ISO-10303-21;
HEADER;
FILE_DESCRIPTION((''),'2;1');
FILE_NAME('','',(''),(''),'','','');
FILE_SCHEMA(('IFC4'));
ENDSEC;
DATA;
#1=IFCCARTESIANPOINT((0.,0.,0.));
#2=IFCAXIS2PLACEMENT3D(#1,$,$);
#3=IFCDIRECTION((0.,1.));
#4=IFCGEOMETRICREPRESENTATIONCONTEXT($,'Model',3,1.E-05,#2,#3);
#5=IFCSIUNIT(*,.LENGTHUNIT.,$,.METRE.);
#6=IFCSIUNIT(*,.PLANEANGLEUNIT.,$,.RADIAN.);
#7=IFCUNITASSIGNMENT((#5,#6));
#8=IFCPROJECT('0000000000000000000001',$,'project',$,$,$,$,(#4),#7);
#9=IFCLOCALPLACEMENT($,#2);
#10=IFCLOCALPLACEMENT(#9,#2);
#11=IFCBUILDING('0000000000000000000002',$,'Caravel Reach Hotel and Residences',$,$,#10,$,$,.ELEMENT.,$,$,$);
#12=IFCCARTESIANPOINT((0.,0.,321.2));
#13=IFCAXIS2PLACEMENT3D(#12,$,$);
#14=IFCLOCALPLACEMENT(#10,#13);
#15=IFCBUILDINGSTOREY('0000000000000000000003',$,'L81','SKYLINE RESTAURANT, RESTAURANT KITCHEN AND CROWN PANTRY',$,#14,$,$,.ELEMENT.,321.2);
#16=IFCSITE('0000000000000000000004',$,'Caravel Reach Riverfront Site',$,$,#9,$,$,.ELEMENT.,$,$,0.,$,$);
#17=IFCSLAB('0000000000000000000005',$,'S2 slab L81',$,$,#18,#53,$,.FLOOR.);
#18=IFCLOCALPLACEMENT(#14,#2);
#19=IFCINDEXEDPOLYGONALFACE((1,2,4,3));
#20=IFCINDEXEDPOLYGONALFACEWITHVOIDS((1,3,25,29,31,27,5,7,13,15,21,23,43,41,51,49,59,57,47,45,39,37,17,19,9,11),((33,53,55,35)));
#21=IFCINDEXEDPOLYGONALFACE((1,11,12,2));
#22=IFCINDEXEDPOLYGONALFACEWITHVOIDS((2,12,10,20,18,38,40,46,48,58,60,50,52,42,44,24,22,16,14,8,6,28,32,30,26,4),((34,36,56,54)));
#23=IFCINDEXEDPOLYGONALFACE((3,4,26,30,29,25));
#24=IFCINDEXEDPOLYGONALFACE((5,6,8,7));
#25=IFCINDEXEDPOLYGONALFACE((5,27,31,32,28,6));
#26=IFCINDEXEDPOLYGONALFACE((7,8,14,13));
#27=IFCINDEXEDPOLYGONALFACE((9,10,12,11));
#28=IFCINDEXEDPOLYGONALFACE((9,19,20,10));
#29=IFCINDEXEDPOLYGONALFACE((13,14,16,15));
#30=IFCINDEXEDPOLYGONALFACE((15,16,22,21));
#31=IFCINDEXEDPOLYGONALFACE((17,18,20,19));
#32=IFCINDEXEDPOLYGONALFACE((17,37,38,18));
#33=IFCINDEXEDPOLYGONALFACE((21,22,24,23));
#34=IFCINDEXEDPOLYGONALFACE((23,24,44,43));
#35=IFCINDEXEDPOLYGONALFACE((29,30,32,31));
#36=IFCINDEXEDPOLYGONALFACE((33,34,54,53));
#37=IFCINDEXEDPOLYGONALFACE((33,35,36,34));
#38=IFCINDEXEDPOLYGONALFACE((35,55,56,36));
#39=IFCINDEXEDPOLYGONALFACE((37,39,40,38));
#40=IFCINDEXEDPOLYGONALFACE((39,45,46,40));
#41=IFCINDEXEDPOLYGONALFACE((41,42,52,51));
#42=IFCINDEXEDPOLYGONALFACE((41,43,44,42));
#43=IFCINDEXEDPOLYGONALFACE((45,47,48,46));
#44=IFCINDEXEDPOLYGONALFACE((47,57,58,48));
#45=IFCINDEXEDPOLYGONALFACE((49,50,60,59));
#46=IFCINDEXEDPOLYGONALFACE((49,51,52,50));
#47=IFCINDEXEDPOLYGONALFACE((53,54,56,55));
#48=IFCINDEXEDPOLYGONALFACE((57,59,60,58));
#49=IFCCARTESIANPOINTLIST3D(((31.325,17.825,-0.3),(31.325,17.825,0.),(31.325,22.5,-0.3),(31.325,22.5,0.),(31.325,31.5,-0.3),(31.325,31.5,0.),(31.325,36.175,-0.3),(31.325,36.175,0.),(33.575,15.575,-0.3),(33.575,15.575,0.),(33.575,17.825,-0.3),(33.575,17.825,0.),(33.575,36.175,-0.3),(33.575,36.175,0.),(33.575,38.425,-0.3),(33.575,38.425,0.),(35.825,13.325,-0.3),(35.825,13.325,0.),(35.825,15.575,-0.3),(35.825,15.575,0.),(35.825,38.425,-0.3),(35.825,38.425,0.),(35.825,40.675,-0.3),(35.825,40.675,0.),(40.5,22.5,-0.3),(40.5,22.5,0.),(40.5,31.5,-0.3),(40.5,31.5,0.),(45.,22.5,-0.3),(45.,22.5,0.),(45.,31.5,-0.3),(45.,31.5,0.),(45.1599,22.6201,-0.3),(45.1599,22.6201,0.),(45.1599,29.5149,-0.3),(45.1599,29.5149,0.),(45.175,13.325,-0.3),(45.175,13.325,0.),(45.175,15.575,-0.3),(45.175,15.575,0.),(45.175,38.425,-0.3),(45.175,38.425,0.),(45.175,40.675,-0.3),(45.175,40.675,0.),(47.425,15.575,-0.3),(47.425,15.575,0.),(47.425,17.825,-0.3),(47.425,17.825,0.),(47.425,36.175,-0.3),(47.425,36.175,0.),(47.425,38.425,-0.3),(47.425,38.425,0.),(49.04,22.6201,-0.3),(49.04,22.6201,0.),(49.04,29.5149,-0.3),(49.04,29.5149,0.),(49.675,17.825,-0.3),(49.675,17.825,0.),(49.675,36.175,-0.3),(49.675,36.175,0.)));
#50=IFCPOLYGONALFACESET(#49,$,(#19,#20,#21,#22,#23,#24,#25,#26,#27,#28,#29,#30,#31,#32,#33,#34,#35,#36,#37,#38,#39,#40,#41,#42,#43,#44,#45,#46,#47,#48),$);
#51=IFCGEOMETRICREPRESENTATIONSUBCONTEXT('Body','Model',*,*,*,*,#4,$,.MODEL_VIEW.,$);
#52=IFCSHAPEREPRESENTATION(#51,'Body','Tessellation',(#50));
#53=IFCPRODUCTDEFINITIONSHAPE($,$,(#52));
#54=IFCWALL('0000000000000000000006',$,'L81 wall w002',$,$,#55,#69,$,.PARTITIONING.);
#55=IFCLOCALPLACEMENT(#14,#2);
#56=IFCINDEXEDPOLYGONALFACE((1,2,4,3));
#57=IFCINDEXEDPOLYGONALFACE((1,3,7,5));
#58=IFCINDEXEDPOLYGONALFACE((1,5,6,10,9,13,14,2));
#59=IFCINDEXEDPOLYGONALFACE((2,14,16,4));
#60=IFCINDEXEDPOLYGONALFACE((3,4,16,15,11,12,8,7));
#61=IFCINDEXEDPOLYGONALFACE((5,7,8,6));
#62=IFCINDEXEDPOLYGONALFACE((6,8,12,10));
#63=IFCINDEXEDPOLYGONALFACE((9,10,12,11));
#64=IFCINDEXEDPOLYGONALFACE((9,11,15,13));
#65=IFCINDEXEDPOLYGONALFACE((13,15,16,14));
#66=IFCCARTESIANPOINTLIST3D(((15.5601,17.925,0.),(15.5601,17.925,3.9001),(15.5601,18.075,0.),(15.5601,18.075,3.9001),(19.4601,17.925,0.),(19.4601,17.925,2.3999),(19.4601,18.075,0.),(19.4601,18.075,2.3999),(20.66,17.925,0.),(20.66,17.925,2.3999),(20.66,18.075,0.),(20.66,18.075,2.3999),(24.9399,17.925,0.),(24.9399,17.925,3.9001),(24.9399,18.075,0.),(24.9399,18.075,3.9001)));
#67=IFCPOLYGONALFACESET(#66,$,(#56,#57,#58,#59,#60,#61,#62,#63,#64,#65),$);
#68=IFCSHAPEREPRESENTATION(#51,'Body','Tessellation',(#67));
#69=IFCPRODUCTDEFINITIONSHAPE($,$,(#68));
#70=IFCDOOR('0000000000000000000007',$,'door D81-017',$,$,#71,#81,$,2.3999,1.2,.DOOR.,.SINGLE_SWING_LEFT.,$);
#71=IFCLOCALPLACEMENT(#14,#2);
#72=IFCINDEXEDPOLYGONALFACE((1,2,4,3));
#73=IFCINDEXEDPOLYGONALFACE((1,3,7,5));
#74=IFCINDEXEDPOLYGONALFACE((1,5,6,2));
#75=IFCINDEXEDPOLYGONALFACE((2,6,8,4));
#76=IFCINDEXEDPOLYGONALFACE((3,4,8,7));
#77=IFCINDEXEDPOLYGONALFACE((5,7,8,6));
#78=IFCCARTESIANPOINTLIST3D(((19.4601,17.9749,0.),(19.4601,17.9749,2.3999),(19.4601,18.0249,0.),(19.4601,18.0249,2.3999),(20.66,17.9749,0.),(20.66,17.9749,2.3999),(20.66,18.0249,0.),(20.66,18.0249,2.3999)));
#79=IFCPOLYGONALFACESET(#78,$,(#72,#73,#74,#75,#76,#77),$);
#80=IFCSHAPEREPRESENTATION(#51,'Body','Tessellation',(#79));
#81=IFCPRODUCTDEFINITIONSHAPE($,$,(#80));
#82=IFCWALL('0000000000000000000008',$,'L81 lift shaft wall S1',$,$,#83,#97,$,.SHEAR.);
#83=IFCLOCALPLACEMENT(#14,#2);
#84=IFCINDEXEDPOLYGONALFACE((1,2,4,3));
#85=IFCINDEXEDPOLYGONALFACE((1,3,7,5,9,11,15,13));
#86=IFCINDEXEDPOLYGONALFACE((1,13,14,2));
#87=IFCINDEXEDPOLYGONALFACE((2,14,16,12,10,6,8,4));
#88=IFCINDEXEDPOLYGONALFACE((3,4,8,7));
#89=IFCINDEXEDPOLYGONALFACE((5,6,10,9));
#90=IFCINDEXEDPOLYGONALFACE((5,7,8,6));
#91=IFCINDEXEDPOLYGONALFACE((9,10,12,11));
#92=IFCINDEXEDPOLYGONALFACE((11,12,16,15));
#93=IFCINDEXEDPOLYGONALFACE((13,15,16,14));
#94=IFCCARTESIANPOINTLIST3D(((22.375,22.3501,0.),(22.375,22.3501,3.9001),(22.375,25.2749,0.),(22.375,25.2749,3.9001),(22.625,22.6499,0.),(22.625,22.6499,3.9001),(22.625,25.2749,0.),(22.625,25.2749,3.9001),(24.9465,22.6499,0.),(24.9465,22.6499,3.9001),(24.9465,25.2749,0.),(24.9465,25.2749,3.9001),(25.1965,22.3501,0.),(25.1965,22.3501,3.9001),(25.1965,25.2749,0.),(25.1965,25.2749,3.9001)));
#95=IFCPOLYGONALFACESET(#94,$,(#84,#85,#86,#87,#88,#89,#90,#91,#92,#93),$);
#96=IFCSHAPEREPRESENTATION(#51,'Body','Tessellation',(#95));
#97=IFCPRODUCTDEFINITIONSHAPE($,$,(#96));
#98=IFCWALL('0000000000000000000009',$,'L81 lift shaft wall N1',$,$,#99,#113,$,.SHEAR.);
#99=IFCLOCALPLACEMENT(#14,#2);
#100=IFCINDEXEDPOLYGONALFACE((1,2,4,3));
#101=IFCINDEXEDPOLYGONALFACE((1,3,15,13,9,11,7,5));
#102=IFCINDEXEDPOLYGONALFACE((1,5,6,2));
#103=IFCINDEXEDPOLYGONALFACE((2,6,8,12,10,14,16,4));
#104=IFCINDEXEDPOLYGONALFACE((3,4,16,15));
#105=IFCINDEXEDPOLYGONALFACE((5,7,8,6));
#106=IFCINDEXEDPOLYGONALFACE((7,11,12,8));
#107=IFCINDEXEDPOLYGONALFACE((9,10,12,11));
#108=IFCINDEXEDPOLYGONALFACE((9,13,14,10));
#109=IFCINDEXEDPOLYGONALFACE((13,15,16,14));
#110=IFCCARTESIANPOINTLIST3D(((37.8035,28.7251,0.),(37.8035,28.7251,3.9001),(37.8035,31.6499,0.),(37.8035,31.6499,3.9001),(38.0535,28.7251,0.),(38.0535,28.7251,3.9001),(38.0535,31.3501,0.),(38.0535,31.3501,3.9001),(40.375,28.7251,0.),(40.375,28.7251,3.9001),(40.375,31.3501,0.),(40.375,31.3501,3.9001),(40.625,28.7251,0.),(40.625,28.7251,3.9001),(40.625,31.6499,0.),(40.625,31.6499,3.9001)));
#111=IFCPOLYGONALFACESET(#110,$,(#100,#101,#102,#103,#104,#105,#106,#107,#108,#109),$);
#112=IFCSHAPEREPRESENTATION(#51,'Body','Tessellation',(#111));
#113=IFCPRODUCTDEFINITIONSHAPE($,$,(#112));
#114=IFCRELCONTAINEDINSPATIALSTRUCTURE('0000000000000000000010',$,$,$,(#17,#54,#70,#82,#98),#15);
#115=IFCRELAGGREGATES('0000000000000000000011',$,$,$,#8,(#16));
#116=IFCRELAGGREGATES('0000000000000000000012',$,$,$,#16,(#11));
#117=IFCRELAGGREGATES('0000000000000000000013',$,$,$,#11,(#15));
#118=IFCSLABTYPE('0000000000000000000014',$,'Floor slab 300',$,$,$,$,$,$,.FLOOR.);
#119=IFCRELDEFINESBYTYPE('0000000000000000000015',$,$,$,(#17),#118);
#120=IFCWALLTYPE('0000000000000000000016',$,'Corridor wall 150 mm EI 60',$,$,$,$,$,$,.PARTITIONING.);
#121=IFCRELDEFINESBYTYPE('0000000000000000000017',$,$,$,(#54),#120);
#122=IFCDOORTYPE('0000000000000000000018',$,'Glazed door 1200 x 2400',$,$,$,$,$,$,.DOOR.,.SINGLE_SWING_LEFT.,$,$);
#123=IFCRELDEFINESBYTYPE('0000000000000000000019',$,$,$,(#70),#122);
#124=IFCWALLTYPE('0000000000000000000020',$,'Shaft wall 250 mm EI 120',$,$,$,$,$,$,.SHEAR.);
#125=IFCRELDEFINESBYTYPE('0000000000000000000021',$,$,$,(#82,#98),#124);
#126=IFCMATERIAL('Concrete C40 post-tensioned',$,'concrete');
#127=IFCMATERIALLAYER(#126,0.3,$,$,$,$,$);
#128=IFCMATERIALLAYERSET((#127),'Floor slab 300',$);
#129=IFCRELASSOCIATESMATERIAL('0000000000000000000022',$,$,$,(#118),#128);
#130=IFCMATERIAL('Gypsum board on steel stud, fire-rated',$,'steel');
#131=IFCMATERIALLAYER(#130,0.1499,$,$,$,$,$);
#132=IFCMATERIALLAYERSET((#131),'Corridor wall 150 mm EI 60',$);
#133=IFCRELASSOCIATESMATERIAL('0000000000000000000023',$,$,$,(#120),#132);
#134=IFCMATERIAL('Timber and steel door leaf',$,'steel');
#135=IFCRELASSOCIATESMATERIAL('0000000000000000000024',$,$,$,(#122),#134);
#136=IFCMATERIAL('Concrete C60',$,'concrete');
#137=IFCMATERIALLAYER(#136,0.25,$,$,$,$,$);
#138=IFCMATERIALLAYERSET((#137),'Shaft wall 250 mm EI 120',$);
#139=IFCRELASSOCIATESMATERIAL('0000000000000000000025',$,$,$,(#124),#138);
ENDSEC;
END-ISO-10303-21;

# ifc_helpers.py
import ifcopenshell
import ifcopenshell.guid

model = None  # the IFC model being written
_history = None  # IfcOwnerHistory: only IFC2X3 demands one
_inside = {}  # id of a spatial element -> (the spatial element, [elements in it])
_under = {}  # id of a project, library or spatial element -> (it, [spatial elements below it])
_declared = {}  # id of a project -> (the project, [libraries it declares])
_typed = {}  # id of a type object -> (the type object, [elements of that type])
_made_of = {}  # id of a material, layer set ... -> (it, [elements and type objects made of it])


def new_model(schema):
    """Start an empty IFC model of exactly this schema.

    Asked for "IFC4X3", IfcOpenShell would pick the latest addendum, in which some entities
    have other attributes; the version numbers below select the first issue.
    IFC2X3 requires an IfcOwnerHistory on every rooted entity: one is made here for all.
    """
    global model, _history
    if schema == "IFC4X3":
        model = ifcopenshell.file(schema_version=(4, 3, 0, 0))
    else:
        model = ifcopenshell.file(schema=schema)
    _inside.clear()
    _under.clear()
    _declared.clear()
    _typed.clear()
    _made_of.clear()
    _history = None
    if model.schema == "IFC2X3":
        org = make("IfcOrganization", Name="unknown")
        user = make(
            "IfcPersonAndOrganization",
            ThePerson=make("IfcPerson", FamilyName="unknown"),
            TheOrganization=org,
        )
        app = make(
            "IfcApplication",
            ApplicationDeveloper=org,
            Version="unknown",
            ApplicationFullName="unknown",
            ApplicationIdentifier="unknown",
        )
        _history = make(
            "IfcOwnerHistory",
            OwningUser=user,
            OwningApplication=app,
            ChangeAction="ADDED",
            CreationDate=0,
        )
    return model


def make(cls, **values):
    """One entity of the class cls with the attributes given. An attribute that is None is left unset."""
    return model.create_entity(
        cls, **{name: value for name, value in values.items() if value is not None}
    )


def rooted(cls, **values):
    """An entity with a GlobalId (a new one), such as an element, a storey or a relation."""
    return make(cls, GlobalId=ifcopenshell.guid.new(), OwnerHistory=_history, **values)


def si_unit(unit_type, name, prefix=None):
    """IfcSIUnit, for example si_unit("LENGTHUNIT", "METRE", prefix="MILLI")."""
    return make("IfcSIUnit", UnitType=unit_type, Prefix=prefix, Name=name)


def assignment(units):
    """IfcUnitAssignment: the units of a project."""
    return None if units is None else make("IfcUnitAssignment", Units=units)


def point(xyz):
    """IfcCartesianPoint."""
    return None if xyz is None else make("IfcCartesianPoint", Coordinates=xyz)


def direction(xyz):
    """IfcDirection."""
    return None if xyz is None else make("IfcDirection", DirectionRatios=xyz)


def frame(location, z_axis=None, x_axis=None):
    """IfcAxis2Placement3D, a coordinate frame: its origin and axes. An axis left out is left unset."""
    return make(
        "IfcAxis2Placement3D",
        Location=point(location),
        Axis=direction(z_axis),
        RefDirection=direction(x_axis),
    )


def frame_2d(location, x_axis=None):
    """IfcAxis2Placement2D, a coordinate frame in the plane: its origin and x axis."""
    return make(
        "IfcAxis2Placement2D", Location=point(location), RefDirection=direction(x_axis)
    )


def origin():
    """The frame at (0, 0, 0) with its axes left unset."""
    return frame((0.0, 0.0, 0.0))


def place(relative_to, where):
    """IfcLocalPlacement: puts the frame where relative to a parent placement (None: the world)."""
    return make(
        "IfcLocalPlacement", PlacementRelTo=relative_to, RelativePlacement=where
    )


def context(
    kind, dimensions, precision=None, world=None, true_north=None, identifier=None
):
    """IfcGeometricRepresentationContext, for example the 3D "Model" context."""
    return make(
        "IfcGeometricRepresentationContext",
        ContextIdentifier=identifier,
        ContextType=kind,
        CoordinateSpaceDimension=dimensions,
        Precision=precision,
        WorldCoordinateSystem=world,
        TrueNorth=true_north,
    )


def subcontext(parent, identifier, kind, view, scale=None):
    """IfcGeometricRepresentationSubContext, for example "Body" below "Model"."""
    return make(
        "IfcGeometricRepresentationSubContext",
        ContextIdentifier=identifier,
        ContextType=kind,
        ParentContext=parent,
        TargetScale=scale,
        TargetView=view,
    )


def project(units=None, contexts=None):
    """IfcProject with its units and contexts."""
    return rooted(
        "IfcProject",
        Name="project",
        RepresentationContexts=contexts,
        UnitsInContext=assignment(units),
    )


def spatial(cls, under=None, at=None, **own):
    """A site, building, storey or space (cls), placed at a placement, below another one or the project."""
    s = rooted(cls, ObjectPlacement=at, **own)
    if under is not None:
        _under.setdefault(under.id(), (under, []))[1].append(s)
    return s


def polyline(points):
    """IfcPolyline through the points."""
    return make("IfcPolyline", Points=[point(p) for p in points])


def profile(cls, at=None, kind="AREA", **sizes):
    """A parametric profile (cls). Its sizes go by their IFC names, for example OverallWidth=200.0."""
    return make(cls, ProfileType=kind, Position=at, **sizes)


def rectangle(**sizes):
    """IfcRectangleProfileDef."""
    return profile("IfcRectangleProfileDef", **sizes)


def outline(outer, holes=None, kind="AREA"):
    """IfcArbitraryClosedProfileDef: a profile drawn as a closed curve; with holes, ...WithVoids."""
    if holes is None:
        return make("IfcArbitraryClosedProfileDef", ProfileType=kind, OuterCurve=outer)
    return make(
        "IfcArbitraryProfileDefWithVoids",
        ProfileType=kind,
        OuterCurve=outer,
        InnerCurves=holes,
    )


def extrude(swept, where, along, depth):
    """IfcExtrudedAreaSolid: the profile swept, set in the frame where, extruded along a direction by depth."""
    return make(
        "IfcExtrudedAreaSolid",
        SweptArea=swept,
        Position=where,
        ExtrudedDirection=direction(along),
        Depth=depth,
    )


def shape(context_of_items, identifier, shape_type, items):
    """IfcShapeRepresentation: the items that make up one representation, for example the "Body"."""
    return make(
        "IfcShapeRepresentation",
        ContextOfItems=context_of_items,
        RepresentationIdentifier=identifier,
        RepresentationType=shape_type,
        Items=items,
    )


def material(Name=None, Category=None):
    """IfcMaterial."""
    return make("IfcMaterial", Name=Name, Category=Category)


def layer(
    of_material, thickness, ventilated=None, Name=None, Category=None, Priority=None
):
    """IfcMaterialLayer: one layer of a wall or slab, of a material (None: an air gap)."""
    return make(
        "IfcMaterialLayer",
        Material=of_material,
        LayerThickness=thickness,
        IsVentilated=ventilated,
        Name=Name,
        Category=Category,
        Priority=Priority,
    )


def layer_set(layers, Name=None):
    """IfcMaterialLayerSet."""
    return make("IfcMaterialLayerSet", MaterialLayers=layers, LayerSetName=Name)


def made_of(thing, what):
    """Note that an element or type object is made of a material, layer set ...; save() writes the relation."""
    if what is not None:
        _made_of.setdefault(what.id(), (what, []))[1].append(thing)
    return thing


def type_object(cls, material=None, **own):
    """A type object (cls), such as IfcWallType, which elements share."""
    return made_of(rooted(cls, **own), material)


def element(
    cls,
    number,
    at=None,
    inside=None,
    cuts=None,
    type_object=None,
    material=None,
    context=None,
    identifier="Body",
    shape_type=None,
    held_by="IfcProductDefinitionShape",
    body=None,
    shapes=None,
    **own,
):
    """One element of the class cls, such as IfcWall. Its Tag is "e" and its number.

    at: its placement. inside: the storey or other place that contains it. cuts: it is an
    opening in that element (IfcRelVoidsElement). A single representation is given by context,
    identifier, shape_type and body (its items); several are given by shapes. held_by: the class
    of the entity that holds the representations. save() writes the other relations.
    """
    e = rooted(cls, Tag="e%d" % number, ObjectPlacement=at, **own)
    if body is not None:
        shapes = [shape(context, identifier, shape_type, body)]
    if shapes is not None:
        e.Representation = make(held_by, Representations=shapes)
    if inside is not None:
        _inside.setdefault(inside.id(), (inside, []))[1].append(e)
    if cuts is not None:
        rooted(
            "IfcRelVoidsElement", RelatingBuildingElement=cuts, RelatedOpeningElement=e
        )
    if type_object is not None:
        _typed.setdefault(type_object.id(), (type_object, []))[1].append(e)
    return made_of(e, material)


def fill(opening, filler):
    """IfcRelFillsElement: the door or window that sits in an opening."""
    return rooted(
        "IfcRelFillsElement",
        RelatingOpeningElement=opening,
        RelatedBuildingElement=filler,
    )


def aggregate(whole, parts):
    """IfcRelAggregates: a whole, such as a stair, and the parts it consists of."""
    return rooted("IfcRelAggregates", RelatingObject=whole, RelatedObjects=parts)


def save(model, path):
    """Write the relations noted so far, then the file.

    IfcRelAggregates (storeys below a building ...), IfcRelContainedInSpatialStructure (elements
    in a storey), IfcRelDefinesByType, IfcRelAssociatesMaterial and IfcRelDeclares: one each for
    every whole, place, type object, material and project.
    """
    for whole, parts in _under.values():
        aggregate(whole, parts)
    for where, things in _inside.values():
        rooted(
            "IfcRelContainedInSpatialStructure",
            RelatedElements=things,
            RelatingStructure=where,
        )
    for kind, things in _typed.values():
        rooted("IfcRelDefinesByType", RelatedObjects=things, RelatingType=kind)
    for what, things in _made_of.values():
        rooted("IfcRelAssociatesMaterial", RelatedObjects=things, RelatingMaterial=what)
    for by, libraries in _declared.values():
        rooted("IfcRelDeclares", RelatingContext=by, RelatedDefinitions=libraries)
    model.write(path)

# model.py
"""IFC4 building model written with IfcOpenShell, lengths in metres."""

from ifc_helpers import new_model, si_unit, direction, frame, frame_2d, origin, place, context, subcontext, project, spatial, polyline, rectangle, outline, extrude, material, layer, layer_set, type_object, element, fill, save


model = new_model("IFC4")

# Units and contexts
model_context = context("Model", 3, precision=1e-05, world=origin(), true_north=direction((0.0, 1.0)))
body_context = subcontext(model_context, "Body", "Model", "MODEL_VIEW")
ifc_project = project(units=[si_unit("LENGTHUNIT", "METRE"), si_unit("PLANEANGLEUNIT", "RADIAN")], contexts=[model_context])

# Site, building, storey
site_placement = place(None, origin())
site = spatial("IfcSite", under=ifc_project, at=site_placement, Name="Caravel Reach Riverfront Site", CompositionType="ELEMENT", RefElevation=0.0)
building_placement = place(site_placement, origin())
building = spatial("IfcBuilding", under=site, at=building_placement, Name="Caravel Reach Hotel and Residences", CompositionType="ELEMENT")
storey_placement = place(building_placement, frame((0.0, 0.0, 321.2)))
storey = spatial("IfcBuildingStorey", under=building, at=storey_placement, Name="L81", Description="SKYLINE RESTAURANT, RESTAURANT KITCHEN AND CROWN PANTRY", CompositionType="ELEMENT", Elevation=321.2)

# Slab
ifc_material_1 = material(Name="Concrete C40 post-tensioned", Category="concrete")
ifc_layer_1 = layer(ifc_material_1, 0.3)
ifc_layer_set_1 = layer_set([ifc_layer_1], Name="Floor slab 300")
slab_type_1 = type_object("IfcSlabType", Name="Floor slab 300", PredefinedType="FLOOR", material=ifc_layer_set_1)
slab_1_placement = place(storey_placement, frame((0.0, 0.0, -0.3)))
element("IfcSlab", 1, at=slab_1_placement, inside=storey, type_object=slab_type_1, Name="S2 slab L81", PredefinedType="FLOOR", context=body_context, shape_type="SweptSolid", body=[
    extrude(outline(polyline([(31.325, 17.825), (31.325, 22.5), (40.5, 22.5), (45.0, 22.5), (45.0, 31.5), (40.5, 31.5), (31.325, 31.5), (31.325, 36.175), (33.575, 36.175), (33.575, 38.425), (35.825, 38.425), (35.825, 40.675), (45.175, 40.675), (45.175, 38.425), (47.425, 38.425), (47.425, 36.175), (49.675, 36.175), (49.675, 17.825), (47.425, 17.825), (47.425, 15.575), (45.175, 15.575), (45.175, 13.325), (35.825, 13.325), (35.825, 15.575), (33.575, 15.575), (33.575, 17.825), (31.325, 17.825)]), holes=[polyline([(45.1599, 22.6201), (49.04, 22.6201), (49.04, 29.5149), (45.1599, 29.5149), (45.1599, 22.6201)])]), origin(), (0.0, 0.0, 1.0), 0.3),
])

# Wall, opening, door
ifc_material_2 = material(Name="Gypsum board on steel stud, fire-rated", Category="steel")
ifc_layer_2 = layer(ifc_material_2, 0.1499)
ifc_layer_set_2 = layer_set([ifc_layer_2], Name="Corridor wall 150 mm EI 60")
wall_type_1 = type_object("IfcWallType", Name="Corridor wall 150 mm EI 60", PredefinedType="PARTITIONING", material=ifc_layer_set_2)
wall_1_placement = place(storey_placement, frame((15.5601, 18.0, 0.0), z_axis=(0.0, 0.0, 1.0), x_axis=(1.0, 0.0, 0.0)))
wall_1 = element("IfcWall", 2, at=wall_1_placement, inside=storey, type_object=wall_type_1, Name="L81 wall w002", PredefinedType="PARTITIONING", context=body_context, shape_type="SweptSolid", body=[
    extrude(rectangle(XDim=9.3799, YDim=0.1499, at=frame_2d((4.6899, 0.0))), origin(), (0.0, 0.0, 1.0), 3.9001),
])
opening_placement = place(wall_1_placement, frame((3.8999, 0.0, 0.0)))
opening = element("IfcOpeningElement", 3, at=opening_placement, cuts=wall_1, PredefinedType="OPENING", context=body_context, shape_type="SweptSolid", body=[
    extrude(rectangle(XDim=1.2, YDim=2.3999, at=frame_2d((0.6001, 1.2))), frame((0.0, 0.085, 0.0), z_axis=(0.0, -1.0, 0.0), x_axis=(1.0, 0.0, 0.0)), (0.0, 0.0, 1.0), 0.1699),
])
ifc_material_3 = material(Name="Timber and steel door leaf", Category="steel")
door_type = type_object("IfcDoorType", Name="Glazed door 1200 x 2400", OperationType="SINGLE_SWING_LEFT", PredefinedType="DOOR", material=ifc_material_3)
door_placement = place(opening_placement, origin())
door = element("IfcDoor", 4, at=door_placement, inside=storey, type_object=door_type, Name="door D81-017", OperationType="SINGLE_SWING_LEFT", OverallHeight=2.3999, OverallWidth=1.2, PredefinedType="DOOR", context=body_context, shape_type="SweptSolid", body=[
    extrude(rectangle(XDim=1.2, YDim=2.3999, at=frame_2d((0.6001, 1.2))), frame((0.0, 0.0249, 0.0), z_axis=(0.0, -1.0, 0.0), x_axis=(1.0, 0.0, 0.0)), (0.0, 0.0, 1.0), 0.05),
])
fill(opening, door)

# Walls
ifc_material_4 = material(Name="Concrete C60", Category="concrete")
ifc_layer_3 = layer(ifc_material_4, 0.25)
ifc_layer_set_3 = layer_set([ifc_layer_3], Name="Shaft wall 250 mm EI 120")
wall_type_2 = type_object("IfcWallType", Name="Shaft wall 250 mm EI 120", PredefinedType="SHEAR", material=ifc_layer_set_3)
wall_2_placement = place(storey_placement, origin())
element("IfcWall", 5, at=wall_2_placement, inside=storey, type_object=wall_type_2, Name="L81 lift shaft wall S1", PredefinedType="SHEAR", context=body_context, shape_type="SweptSolid", body=[
    extrude(outline(polyline([(22.375, 22.3501), (25.1965, 22.3501), (25.1965, 25.2749), (24.9465, 25.2749), (24.9465, 22.6499), (22.625, 22.6499), (22.625, 25.2749), (22.375, 25.2749), (22.375, 22.3501)])), origin(), (0.0, 0.0, 1.0), 3.9001),
])
wall_3_placement = place(storey_placement, origin())
element("IfcWall", 6, at=wall_3_placement, inside=storey, type_object=wall_type_2, Name="L81 lift shaft wall N1", PredefinedType="SHEAR", context=body_context, shape_type="SweptSolid", body=[
    extrude(outline(polyline([(37.8035, 28.7251), (38.0535, 28.7251), (38.0535, 31.3501), (40.375, 31.3501), (40.375, 28.7251), (40.625, 28.7251), (40.625, 31.6499), (37.8035, 31.6499), (37.8035, 28.7251)])), origin(), (0.0, 0.0, 1.0), 3.9001),
])

save(model, "model.ifc")
